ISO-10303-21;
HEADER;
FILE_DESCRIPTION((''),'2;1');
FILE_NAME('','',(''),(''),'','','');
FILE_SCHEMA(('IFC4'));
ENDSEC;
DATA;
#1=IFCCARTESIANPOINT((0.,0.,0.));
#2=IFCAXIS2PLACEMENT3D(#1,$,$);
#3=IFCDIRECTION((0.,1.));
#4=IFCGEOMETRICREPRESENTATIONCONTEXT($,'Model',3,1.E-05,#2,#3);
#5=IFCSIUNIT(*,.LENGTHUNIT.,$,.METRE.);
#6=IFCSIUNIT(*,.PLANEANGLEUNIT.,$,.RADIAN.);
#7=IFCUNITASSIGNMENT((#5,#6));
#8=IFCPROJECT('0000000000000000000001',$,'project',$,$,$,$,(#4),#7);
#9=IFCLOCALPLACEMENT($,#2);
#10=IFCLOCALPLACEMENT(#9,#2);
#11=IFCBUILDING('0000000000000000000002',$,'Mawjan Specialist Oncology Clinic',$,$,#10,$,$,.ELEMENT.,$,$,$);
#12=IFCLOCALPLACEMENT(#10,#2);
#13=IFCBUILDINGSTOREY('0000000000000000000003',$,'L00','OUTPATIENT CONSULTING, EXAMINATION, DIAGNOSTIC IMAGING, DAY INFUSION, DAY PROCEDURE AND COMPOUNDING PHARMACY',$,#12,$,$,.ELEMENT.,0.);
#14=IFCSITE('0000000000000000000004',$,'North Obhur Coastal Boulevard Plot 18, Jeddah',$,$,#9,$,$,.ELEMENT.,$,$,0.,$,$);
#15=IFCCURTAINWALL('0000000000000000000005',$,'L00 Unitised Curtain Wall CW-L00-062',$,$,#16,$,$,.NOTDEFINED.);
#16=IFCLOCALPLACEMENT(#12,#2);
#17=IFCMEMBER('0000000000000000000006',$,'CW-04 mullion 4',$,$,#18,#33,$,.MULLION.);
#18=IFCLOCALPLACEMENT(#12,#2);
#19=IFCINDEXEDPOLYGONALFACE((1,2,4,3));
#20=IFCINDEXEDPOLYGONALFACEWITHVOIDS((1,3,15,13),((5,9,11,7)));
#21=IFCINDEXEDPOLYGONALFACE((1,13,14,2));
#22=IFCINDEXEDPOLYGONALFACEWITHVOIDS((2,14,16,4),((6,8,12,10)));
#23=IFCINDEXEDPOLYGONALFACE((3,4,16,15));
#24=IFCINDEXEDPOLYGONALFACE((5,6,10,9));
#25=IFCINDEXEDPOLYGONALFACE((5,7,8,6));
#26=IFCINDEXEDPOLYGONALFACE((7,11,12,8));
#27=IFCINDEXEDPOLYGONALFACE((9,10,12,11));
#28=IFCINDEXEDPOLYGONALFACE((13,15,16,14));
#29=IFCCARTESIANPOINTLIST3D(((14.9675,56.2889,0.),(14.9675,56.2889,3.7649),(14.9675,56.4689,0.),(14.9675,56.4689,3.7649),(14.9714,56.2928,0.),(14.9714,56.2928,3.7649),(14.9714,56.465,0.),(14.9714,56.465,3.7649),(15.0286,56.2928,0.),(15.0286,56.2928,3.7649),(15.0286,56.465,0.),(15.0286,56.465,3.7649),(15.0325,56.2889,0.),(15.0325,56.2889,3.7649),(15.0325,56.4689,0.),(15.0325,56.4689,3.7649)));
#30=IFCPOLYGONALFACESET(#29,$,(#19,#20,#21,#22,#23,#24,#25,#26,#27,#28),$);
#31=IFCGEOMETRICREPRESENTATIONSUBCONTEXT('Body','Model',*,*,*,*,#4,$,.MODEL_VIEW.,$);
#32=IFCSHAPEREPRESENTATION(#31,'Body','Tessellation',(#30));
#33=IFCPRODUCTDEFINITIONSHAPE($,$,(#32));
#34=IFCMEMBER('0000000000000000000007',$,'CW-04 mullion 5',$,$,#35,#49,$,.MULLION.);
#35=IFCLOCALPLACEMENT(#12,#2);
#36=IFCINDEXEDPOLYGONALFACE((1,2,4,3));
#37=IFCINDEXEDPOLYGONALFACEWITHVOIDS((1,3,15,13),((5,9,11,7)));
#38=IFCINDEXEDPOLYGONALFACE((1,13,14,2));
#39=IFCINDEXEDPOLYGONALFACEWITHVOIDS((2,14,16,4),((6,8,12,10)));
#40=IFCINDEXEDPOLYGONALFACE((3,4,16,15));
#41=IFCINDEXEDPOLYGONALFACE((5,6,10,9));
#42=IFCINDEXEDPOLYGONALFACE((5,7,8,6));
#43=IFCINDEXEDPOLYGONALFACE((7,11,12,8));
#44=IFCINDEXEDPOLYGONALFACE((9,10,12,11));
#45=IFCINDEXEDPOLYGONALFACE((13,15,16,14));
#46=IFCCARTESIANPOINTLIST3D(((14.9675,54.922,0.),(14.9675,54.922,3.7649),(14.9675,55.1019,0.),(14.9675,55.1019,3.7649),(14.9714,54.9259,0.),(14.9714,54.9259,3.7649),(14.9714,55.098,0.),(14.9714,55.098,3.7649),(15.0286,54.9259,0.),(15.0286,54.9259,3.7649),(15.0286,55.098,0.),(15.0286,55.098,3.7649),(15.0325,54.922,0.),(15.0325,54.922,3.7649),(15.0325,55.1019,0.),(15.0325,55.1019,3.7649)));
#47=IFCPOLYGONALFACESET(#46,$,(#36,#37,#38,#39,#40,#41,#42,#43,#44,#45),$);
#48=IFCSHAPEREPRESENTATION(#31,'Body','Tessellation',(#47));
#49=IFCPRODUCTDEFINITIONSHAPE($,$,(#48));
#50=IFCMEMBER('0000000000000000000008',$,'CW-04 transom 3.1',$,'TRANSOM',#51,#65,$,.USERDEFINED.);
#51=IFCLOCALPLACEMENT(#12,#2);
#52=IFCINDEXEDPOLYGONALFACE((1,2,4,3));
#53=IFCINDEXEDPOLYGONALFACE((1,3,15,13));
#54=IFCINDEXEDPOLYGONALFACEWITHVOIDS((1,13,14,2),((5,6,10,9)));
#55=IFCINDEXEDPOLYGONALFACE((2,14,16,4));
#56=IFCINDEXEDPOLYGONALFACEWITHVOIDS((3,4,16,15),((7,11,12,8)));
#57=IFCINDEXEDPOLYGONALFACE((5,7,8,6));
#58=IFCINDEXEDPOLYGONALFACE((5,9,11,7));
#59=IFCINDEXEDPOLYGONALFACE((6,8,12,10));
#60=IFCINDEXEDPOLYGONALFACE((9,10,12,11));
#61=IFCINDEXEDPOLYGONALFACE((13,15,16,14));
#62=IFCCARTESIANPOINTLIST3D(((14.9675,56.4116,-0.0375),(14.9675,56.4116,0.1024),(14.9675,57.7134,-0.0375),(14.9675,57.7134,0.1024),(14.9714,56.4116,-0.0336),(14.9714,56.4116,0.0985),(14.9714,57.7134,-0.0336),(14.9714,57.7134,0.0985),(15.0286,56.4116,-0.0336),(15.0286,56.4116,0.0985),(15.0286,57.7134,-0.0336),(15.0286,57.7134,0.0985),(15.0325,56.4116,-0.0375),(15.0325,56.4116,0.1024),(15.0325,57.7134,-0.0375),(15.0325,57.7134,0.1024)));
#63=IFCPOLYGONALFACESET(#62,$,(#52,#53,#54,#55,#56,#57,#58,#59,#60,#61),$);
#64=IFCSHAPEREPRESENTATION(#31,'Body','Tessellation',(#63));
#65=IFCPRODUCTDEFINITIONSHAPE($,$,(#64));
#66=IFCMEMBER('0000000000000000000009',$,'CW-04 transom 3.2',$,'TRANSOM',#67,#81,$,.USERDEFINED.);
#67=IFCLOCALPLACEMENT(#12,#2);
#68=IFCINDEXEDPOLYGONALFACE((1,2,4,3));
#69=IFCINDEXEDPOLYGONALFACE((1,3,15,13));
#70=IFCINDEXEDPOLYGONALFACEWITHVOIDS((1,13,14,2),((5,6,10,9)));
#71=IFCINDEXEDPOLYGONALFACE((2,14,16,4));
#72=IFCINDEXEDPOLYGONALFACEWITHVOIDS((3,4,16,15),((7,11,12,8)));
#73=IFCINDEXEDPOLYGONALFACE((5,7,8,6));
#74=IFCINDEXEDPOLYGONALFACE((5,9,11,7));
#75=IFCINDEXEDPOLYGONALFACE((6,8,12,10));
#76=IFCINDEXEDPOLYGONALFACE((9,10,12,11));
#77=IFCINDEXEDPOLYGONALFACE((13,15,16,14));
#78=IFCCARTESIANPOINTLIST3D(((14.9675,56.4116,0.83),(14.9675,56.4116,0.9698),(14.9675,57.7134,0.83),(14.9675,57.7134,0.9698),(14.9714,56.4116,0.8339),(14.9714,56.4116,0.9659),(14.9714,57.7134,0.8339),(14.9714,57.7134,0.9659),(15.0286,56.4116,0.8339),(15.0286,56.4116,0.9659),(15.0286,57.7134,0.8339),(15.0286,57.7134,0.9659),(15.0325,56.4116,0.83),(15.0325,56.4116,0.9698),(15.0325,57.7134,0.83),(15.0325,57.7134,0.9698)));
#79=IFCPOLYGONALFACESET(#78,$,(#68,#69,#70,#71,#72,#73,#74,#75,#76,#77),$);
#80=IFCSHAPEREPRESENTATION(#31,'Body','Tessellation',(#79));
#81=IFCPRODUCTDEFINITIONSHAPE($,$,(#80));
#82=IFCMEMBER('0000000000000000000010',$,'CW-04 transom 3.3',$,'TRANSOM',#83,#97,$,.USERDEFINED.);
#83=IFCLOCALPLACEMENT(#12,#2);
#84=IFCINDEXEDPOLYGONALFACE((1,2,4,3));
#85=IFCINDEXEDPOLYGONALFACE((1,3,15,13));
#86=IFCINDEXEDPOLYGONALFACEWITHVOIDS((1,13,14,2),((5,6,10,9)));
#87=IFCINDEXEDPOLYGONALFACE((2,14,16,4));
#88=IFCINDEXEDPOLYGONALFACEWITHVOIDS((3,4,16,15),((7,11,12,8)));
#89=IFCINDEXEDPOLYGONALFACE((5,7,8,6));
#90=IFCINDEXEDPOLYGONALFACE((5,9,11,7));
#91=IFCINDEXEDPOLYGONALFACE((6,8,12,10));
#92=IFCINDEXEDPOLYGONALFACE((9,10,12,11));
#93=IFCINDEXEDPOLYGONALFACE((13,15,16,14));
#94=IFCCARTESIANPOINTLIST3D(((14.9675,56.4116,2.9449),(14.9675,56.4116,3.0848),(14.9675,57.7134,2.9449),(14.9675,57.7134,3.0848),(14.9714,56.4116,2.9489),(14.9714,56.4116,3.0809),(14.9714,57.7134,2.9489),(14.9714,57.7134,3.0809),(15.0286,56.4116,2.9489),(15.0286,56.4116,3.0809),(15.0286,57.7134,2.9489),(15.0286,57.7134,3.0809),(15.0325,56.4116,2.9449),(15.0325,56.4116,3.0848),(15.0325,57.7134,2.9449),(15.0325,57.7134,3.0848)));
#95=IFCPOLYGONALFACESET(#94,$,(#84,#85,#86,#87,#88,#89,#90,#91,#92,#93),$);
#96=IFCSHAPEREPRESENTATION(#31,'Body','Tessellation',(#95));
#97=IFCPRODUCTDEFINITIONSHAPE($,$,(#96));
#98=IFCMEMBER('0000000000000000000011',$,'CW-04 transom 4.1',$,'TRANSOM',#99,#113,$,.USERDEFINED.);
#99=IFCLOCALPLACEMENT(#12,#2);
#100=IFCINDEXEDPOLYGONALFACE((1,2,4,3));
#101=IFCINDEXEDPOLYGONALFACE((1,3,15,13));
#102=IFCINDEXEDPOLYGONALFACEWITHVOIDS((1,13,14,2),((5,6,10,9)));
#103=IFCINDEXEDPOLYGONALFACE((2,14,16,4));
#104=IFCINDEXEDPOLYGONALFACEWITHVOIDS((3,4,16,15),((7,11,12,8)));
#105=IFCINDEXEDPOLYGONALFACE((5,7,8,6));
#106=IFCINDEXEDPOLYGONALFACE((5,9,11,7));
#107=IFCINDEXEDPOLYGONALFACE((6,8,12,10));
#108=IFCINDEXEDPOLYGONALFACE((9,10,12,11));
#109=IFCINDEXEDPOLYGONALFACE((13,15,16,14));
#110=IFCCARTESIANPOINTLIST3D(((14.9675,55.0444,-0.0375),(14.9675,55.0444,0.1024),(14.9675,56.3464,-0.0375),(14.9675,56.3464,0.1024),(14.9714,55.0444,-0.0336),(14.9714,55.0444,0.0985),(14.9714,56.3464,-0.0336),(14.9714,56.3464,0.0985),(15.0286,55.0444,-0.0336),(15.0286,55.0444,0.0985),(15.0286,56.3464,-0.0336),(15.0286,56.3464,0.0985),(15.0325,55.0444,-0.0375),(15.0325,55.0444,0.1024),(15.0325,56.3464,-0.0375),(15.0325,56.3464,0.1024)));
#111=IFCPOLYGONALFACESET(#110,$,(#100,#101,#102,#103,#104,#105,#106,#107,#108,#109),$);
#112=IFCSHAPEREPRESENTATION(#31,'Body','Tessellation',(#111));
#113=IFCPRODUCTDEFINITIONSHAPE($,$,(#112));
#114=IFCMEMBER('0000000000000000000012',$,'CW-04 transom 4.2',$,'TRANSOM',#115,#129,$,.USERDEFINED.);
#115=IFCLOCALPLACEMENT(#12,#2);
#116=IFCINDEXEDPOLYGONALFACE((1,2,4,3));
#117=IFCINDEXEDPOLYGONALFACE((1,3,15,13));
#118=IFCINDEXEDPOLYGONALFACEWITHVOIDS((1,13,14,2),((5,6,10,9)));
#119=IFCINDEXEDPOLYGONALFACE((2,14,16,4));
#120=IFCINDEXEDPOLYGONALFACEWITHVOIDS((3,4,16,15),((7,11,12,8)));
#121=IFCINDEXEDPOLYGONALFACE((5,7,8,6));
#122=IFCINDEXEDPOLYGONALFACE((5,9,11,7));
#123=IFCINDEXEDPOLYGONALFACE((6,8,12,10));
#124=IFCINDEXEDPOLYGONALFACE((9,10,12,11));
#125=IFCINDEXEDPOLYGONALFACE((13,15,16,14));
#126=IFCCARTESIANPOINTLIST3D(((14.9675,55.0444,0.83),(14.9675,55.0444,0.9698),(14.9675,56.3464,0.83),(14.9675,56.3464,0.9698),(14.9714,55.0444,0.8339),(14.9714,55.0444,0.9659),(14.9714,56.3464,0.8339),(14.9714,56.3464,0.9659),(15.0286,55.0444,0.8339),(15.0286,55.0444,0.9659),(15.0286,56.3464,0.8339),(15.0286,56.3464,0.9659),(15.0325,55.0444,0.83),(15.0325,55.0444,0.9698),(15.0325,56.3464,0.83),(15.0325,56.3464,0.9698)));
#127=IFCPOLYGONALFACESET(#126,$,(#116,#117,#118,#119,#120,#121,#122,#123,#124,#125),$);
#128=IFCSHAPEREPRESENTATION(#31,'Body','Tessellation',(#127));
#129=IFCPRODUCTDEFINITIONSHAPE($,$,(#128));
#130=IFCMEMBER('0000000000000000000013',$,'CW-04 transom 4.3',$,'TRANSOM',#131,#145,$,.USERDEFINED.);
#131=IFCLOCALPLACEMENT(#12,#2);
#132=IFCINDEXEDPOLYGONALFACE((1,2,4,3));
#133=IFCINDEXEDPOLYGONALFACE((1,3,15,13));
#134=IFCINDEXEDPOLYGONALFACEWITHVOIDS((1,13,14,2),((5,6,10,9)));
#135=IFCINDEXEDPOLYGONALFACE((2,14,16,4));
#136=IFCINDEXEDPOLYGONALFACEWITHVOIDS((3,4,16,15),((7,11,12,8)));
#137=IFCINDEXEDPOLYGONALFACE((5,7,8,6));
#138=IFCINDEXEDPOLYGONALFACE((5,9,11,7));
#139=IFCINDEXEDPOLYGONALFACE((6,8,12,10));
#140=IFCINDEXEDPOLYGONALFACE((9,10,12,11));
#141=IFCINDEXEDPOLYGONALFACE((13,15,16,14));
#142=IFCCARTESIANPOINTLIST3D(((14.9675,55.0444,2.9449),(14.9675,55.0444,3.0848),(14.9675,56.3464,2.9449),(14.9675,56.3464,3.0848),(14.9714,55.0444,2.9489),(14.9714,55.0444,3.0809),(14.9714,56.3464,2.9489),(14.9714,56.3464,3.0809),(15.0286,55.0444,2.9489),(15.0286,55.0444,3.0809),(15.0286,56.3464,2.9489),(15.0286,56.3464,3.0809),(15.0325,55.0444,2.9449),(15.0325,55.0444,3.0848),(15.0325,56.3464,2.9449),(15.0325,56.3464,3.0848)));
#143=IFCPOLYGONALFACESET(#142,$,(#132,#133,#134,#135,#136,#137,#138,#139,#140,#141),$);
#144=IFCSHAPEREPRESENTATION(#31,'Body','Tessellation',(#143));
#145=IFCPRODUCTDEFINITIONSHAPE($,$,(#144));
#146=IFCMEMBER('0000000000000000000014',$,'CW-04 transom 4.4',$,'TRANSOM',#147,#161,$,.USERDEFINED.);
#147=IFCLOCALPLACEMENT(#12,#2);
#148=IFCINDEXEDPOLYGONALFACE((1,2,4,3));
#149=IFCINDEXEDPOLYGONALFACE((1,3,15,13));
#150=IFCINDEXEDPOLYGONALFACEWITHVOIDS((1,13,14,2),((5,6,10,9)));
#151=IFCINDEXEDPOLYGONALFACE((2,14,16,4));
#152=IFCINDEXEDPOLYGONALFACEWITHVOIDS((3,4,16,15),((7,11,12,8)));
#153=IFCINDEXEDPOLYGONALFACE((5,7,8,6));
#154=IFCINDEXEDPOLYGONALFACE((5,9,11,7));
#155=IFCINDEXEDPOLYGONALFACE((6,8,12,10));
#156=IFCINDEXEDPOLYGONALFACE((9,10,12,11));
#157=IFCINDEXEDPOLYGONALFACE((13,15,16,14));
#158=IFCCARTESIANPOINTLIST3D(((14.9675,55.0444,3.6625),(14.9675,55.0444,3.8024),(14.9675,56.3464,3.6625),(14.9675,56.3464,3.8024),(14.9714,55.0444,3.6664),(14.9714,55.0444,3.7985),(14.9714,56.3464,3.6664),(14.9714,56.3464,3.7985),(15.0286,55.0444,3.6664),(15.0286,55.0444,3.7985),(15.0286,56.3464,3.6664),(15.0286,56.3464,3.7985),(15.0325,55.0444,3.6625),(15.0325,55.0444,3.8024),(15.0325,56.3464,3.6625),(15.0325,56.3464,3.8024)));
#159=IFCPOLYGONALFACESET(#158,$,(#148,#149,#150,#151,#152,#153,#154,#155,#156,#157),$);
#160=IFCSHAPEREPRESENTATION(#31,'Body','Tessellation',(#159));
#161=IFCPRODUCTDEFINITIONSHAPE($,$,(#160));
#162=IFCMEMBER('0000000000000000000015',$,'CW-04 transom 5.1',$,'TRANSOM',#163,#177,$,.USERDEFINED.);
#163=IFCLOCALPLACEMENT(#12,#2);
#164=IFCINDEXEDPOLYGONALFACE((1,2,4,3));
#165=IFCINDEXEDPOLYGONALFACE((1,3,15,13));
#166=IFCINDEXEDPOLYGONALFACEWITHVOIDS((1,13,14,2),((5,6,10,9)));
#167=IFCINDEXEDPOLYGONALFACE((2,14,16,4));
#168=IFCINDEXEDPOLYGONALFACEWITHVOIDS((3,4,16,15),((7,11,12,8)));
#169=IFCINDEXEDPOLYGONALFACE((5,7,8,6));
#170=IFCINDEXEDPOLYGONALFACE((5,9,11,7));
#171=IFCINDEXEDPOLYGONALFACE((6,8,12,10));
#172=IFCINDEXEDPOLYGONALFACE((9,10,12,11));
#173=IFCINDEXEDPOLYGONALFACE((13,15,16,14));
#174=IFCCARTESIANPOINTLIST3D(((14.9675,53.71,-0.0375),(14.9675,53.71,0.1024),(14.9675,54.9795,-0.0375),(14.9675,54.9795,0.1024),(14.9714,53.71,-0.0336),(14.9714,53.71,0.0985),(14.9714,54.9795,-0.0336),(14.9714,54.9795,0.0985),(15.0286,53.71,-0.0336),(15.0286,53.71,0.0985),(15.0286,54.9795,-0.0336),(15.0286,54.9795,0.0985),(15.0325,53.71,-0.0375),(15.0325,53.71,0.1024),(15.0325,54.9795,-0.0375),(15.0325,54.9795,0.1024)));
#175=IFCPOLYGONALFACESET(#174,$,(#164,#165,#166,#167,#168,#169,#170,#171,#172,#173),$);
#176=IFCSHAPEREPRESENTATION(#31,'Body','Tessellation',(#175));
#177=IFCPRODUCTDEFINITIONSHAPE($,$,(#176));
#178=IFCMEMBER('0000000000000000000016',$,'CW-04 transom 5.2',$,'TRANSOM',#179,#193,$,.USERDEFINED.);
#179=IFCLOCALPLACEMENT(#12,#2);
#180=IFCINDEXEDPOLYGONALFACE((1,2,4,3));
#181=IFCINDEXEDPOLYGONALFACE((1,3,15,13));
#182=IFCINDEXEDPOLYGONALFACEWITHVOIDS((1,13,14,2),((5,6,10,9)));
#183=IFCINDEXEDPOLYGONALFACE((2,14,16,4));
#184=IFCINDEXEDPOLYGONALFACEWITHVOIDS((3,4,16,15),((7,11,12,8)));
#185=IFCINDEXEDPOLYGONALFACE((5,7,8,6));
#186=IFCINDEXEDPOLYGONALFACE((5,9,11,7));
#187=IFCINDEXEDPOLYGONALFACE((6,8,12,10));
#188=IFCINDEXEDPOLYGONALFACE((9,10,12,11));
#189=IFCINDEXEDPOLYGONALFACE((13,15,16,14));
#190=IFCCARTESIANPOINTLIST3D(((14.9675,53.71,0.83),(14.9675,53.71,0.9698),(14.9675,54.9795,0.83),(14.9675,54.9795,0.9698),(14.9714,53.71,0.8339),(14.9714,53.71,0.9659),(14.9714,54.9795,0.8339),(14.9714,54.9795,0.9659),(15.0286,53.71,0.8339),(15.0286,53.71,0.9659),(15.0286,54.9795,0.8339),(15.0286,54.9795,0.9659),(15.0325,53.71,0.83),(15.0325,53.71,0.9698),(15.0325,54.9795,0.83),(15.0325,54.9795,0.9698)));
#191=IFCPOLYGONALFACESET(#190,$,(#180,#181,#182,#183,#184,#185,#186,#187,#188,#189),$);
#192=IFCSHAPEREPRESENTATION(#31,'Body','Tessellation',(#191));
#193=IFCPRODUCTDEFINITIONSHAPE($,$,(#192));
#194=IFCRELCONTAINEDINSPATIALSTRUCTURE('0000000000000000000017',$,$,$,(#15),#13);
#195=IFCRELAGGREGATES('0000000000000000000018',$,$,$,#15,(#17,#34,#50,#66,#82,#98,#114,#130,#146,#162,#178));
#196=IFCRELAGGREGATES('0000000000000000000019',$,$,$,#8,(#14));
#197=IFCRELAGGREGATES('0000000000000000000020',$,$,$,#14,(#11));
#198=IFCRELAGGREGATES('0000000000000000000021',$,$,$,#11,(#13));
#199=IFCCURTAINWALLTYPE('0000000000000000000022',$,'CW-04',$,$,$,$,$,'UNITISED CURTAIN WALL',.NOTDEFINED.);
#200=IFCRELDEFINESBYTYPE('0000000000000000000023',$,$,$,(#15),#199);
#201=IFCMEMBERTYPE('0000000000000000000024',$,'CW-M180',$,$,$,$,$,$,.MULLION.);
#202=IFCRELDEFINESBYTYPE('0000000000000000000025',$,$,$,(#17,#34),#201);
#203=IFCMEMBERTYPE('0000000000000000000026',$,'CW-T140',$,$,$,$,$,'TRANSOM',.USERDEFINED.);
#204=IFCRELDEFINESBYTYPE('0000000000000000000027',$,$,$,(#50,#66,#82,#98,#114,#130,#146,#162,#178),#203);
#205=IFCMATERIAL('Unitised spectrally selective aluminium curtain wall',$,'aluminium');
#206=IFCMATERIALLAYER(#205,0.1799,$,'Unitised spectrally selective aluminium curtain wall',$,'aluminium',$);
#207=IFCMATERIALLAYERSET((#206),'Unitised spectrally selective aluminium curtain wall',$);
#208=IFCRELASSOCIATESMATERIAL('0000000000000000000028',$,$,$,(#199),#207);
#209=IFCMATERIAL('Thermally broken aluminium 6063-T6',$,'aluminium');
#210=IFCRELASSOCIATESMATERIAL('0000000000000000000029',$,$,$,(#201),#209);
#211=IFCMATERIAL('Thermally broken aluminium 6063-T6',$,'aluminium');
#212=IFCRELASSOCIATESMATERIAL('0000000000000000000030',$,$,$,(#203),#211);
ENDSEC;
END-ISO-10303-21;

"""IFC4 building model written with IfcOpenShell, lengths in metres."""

from ifc_helpers import new_model, si_unit, direction, frame, origin, origin_2d, place, context, subcontext, project, spatial, hollow_rectangle, extrude, material, layer, layer_set, material_profile, profile_set, type_object, element, aggregate, save


model = new_model("IFC4")

# Units and contexts
model_context = context("Model", 3, precision=1e-05, world=origin(), true_north=direction((0.0, 1.0)))
body_context = subcontext(model_context, "Body", "Model", "MODEL_VIEW")
ifc_project = project(units=[si_unit("LENGTHUNIT", "METRE"), si_unit("PLANEANGLEUNIT", "RADIAN")], contexts=[model_context])

# Site, building, storey
site_placement = place(None, origin())
site = spatial("IfcSite", under=ifc_project, at=site_placement, Name="North Obhur Coastal Boulevard Plot 18, Jeddah", CompositionType="ELEMENT", RefElevation=0.0)
building_placement = place(site_placement, origin())
building = spatial("IfcBuilding", under=site, at=building_placement, Name="Mawjan Specialist Oncology Clinic", CompositionType="ELEMENT")
storey_placement = place(building_placement, origin())
storey = spatial("IfcBuildingStorey", under=building, at=storey_placement, Name="L00", Description="OUTPATIENT CONSULTING, EXAMINATION, DIAGNOSTIC IMAGING, DAY INFUSION, DAY PROCEDURE AND COMPOUNDING PHARMACY", CompositionType="ELEMENT", Elevation=0.0)

# Curtain wall, members
ifc_material_1 = material(Name="Unitised spectrally selective aluminium curtain wall", Category="aluminium")
ifc_layer_1 = layer(ifc_material_1, 0.1799, Name="Unitised spectrally selective aluminium curtain wall", Category="aluminium")
ifc_layer_set_1 = layer_set([ifc_layer_1], Name="Unitised spectrally selective aluminium curtain wall")
curtain_wall_type = type_object("IfcCurtainWallType", Name="CW-04", ElementType="UNITISED CURTAIN WALL", PredefinedType="NOTDEFINED", material=ifc_layer_set_1)
curtain_wall_placement = place(storey_placement, origin())
curtain_wall = element("IfcCurtainWall", 1, at=curtain_wall_placement, inside=storey, type_object=curtain_wall_type, Name="L00 Unitised Curtain Wall CW-L00-062", PredefinedType="NOTDEFINED")
ifc_material_2 = material(Name="Thermally broken aluminium 6063-T6", Category="aluminium")
ifc_material_profile_1 = material_profile(ifc_material_2, hollow_rectangle(XDim=0.0649, YDim=0.1799, WallThickness=0.0039, at=origin_2d()), Name="ALU MULLION 180x65x4", Category="aluminium")
ifc_profile_set_1 = profile_set([ifc_material_profile_1], Name="Thermally broken aluminium 6063-T6")
member_type_1 = type_object("IfcMemberType", Name="CW-M180", PredefinedType="MULLION", material=ifc_profile_set_1)
member_1_placement = place(storey_placement, frame((15.0, 56.3789, 0.0), z_axis=(0.0, 0.0, 1.0), x_axis=(1.0, 0.0, 0.0)))
member_1 = element("IfcMember", 2, at=member_1_placement, type_object=member_type_1, Name="CW-04 mullion 4", PredefinedType="MULLION", context=body_context, shape_type="SweptSolid", body=[
    extrude(hollow_rectangle(XDim=0.0649, YDim=0.1799, WallThickness=0.0039, at=origin_2d()), origin(), (0.0, 0.0, 1.0), 3.7649),
])
member_2_placement = place(storey_placement, frame((15.0, 55.012, 0.0), z_axis=(0.0, 0.0, 1.0), x_axis=(1.0, 0.0, 0.0)))
member_2 = element("IfcMember", 3, at=member_2_placement, type_object=member_type_1, Name="CW-04 mullion 5", PredefinedType="MULLION", context=body_context, shape_type="SweptSolid", body=[
    extrude(hollow_rectangle(XDim=0.0649, YDim=0.1799, WallThickness=0.0039, at=origin_2d()), origin(), (0.0, 0.0, 1.0), 3.7649),
])
ifc_material_3 = material(Name="Thermally broken aluminium 6063-T6", Category="aluminium")
ifc_material_profile_2 = material_profile(ifc_material_3, hollow_rectangle(XDim=0.0649, YDim=0.1399, WallThickness=0.0039, at=origin_2d()), Name="ALU TRANSOM 140x65x4", Category="aluminium")
ifc_profile_set_2 = profile_set([ifc_material_profile_2], Name="Thermally broken aluminium 6063-T6")
member_type_2 = type_object("IfcMemberType", Name="CW-T140", ElementType="TRANSOM", PredefinedType="USERDEFINED", material=ifc_profile_set_2)
member_3_placement = place(storey_placement, frame((15.0, 57.7134, 0.0325), z_axis=(0.0, -1.0, 0.0), x_axis=(1.0, 0.0, 0.0)))
member_3 = element("IfcMember", 4, at=member_3_placement, type_object=member_type_2, Name="CW-04 transom 3.1", ObjectType="TRANSOM", PredefinedType="USERDEFINED", context=body_context, shape_type="SweptSolid", body=[
    extrude(hollow_rectangle(XDim=0.0649, YDim=0.1399, WallThickness=0.0039, at=origin_2d()), origin(), (0.0, 0.0, 1.0), 1.3018),
])
member_4_placement = place(storey_placement, frame((15.0, 57.7134, 0.8999), z_axis=(0.0, -1.0, 0.0), x_axis=(1.0, 0.0, 0.0)))
member_4 = element("IfcMember", 5, at=member_4_placement, type_object=member_type_2, Name="CW-04 transom 3.2", ObjectType="TRANSOM", PredefinedType="USERDEFINED", context=body_context, shape_type="SweptSolid", body=[
    extrude(hollow_rectangle(XDim=0.0649, YDim=0.1399, WallThickness=0.0039, at=origin_2d()), origin(), (0.0, 0.0, 1.0), 1.3018),
])
member_5_placement = place(storey_placement, frame((15.0, 57.7134, 3.0149), z_axis=(0.0, -1.0, 0.0), x_axis=(1.0, 0.0, 0.0)))
member_5 = element("IfcMember", 6, at=member_5_placement, type_object=member_type_2, Name="CW-04 transom 3.3", ObjectType="TRANSOM", PredefinedType="USERDEFINED", context=body_context, shape_type="SweptSolid", body=[
    extrude(hollow_rectangle(XDim=0.0649, YDim=0.1399, WallThickness=0.0039, at=origin_2d()), origin(), (0.0, 0.0, 1.0), 1.3018),
])
member_6_placement = place(storey_placement, frame((15.0, 56.3464, 0.0325), z_axis=(0.0, -1.0, 0.0), x_axis=(1.0, 0.0, 0.0)))
member_6 = element("IfcMember", 7, at=member_6_placement, type_object=member_type_2, Name="CW-04 transom 4.1", ObjectType="TRANSOM", PredefinedType="USERDEFINED", context=body_context, shape_type="SweptSolid", body=[
    extrude(hollow_rectangle(XDim=0.0649, YDim=0.1399, WallThickness=0.0039, at=origin_2d()), origin(), (0.0, 0.0, 1.0), 1.302),
])
member_7_placement = place(storey_placement, frame((15.0, 56.3464, 0.8999), z_axis=(0.0, -1.0, 0.0), x_axis=(1.0, 0.0, 0.0)))
member_7 = element("IfcMember", 8, at=member_7_placement, type_object=member_type_2, Name="CW-04 transom 4.2", ObjectType="TRANSOM", PredefinedType="USERDEFINED", context=body_context, shape_type="SweptSolid", body=[
    extrude(hollow_rectangle(XDim=0.0649, YDim=0.1399, WallThickness=0.0039, at=origin_2d()), origin(), (0.0, 0.0, 1.0), 1.302),
])
member_8_placement = place(storey_placement, frame((15.0, 56.3464, 3.0149), z_axis=(0.0, -1.0, 0.0), x_axis=(1.0, 0.0, 0.0)))
member_8 = element("IfcMember", 9, at=member_8_placement, type_object=member_type_2, Name="CW-04 transom 4.3", ObjectType="TRANSOM", PredefinedType="USERDEFINED", context=body_context, shape_type="SweptSolid", body=[
    extrude(hollow_rectangle(XDim=0.0649, YDim=0.1399, WallThickness=0.0039, at=origin_2d()), origin(), (0.0, 0.0, 1.0), 1.302),
])
member_9_placement = place(storey_placement, frame((15.0, 56.3464, 3.7324), z_axis=(0.0, -1.0, 0.0), x_axis=(1.0, 0.0, 0.0)))
member_9 = element("IfcMember", 10, at=member_9_placement, type_object=member_type_2, Name="CW-04 transom 4.4", ObjectType="TRANSOM", PredefinedType="USERDEFINED", context=body_context, shape_type="SweptSolid", body=[
    extrude(hollow_rectangle(XDim=0.0649, YDim=0.1399, WallThickness=0.0039, at=origin_2d()), origin(), (0.0, 0.0, 1.0), 1.302),
])
member_10_placement = place(storey_placement, frame((15.0, 54.9795, 0.0325), z_axis=(0.0, -1.0, 0.0), x_axis=(1.0, 0.0, 0.0)))
member_10 = element("IfcMember", 11, at=member_10_placement, type_object=member_type_2, Name="CW-04 transom 5.1", ObjectType="TRANSOM", PredefinedType="USERDEFINED", context=body_context, shape_type="SweptSolid", body=[
    extrude(hollow_rectangle(XDim=0.0649, YDim=0.1399, WallThickness=0.0039, at=origin_2d()), origin(), (0.0, 0.0, 1.0), 1.2695),
])
member_11_placement = place(storey_placement, frame((15.0, 54.9795, 0.8999), z_axis=(0.0, -1.0, 0.0), x_axis=(1.0, 0.0, 0.0)))
member_11 = element("IfcMember", 12, at=member_11_placement, type_object=member_type_2, Name="CW-04 transom 5.2", ObjectType="TRANSOM", PredefinedType="USERDEFINED", context=body_context, shape_type="SweptSolid", body=[
    extrude(hollow_rectangle(XDim=0.0649, YDim=0.1399, WallThickness=0.0039, at=origin_2d()), origin(), (0.0, 0.0, 1.0), 1.2695),
])
aggregate(curtain_wall, [member_1, member_2, member_3, member_4, member_5, member_6, member_7, member_8, member_9, member_10, member_11])

save(model, "model.ifc")
